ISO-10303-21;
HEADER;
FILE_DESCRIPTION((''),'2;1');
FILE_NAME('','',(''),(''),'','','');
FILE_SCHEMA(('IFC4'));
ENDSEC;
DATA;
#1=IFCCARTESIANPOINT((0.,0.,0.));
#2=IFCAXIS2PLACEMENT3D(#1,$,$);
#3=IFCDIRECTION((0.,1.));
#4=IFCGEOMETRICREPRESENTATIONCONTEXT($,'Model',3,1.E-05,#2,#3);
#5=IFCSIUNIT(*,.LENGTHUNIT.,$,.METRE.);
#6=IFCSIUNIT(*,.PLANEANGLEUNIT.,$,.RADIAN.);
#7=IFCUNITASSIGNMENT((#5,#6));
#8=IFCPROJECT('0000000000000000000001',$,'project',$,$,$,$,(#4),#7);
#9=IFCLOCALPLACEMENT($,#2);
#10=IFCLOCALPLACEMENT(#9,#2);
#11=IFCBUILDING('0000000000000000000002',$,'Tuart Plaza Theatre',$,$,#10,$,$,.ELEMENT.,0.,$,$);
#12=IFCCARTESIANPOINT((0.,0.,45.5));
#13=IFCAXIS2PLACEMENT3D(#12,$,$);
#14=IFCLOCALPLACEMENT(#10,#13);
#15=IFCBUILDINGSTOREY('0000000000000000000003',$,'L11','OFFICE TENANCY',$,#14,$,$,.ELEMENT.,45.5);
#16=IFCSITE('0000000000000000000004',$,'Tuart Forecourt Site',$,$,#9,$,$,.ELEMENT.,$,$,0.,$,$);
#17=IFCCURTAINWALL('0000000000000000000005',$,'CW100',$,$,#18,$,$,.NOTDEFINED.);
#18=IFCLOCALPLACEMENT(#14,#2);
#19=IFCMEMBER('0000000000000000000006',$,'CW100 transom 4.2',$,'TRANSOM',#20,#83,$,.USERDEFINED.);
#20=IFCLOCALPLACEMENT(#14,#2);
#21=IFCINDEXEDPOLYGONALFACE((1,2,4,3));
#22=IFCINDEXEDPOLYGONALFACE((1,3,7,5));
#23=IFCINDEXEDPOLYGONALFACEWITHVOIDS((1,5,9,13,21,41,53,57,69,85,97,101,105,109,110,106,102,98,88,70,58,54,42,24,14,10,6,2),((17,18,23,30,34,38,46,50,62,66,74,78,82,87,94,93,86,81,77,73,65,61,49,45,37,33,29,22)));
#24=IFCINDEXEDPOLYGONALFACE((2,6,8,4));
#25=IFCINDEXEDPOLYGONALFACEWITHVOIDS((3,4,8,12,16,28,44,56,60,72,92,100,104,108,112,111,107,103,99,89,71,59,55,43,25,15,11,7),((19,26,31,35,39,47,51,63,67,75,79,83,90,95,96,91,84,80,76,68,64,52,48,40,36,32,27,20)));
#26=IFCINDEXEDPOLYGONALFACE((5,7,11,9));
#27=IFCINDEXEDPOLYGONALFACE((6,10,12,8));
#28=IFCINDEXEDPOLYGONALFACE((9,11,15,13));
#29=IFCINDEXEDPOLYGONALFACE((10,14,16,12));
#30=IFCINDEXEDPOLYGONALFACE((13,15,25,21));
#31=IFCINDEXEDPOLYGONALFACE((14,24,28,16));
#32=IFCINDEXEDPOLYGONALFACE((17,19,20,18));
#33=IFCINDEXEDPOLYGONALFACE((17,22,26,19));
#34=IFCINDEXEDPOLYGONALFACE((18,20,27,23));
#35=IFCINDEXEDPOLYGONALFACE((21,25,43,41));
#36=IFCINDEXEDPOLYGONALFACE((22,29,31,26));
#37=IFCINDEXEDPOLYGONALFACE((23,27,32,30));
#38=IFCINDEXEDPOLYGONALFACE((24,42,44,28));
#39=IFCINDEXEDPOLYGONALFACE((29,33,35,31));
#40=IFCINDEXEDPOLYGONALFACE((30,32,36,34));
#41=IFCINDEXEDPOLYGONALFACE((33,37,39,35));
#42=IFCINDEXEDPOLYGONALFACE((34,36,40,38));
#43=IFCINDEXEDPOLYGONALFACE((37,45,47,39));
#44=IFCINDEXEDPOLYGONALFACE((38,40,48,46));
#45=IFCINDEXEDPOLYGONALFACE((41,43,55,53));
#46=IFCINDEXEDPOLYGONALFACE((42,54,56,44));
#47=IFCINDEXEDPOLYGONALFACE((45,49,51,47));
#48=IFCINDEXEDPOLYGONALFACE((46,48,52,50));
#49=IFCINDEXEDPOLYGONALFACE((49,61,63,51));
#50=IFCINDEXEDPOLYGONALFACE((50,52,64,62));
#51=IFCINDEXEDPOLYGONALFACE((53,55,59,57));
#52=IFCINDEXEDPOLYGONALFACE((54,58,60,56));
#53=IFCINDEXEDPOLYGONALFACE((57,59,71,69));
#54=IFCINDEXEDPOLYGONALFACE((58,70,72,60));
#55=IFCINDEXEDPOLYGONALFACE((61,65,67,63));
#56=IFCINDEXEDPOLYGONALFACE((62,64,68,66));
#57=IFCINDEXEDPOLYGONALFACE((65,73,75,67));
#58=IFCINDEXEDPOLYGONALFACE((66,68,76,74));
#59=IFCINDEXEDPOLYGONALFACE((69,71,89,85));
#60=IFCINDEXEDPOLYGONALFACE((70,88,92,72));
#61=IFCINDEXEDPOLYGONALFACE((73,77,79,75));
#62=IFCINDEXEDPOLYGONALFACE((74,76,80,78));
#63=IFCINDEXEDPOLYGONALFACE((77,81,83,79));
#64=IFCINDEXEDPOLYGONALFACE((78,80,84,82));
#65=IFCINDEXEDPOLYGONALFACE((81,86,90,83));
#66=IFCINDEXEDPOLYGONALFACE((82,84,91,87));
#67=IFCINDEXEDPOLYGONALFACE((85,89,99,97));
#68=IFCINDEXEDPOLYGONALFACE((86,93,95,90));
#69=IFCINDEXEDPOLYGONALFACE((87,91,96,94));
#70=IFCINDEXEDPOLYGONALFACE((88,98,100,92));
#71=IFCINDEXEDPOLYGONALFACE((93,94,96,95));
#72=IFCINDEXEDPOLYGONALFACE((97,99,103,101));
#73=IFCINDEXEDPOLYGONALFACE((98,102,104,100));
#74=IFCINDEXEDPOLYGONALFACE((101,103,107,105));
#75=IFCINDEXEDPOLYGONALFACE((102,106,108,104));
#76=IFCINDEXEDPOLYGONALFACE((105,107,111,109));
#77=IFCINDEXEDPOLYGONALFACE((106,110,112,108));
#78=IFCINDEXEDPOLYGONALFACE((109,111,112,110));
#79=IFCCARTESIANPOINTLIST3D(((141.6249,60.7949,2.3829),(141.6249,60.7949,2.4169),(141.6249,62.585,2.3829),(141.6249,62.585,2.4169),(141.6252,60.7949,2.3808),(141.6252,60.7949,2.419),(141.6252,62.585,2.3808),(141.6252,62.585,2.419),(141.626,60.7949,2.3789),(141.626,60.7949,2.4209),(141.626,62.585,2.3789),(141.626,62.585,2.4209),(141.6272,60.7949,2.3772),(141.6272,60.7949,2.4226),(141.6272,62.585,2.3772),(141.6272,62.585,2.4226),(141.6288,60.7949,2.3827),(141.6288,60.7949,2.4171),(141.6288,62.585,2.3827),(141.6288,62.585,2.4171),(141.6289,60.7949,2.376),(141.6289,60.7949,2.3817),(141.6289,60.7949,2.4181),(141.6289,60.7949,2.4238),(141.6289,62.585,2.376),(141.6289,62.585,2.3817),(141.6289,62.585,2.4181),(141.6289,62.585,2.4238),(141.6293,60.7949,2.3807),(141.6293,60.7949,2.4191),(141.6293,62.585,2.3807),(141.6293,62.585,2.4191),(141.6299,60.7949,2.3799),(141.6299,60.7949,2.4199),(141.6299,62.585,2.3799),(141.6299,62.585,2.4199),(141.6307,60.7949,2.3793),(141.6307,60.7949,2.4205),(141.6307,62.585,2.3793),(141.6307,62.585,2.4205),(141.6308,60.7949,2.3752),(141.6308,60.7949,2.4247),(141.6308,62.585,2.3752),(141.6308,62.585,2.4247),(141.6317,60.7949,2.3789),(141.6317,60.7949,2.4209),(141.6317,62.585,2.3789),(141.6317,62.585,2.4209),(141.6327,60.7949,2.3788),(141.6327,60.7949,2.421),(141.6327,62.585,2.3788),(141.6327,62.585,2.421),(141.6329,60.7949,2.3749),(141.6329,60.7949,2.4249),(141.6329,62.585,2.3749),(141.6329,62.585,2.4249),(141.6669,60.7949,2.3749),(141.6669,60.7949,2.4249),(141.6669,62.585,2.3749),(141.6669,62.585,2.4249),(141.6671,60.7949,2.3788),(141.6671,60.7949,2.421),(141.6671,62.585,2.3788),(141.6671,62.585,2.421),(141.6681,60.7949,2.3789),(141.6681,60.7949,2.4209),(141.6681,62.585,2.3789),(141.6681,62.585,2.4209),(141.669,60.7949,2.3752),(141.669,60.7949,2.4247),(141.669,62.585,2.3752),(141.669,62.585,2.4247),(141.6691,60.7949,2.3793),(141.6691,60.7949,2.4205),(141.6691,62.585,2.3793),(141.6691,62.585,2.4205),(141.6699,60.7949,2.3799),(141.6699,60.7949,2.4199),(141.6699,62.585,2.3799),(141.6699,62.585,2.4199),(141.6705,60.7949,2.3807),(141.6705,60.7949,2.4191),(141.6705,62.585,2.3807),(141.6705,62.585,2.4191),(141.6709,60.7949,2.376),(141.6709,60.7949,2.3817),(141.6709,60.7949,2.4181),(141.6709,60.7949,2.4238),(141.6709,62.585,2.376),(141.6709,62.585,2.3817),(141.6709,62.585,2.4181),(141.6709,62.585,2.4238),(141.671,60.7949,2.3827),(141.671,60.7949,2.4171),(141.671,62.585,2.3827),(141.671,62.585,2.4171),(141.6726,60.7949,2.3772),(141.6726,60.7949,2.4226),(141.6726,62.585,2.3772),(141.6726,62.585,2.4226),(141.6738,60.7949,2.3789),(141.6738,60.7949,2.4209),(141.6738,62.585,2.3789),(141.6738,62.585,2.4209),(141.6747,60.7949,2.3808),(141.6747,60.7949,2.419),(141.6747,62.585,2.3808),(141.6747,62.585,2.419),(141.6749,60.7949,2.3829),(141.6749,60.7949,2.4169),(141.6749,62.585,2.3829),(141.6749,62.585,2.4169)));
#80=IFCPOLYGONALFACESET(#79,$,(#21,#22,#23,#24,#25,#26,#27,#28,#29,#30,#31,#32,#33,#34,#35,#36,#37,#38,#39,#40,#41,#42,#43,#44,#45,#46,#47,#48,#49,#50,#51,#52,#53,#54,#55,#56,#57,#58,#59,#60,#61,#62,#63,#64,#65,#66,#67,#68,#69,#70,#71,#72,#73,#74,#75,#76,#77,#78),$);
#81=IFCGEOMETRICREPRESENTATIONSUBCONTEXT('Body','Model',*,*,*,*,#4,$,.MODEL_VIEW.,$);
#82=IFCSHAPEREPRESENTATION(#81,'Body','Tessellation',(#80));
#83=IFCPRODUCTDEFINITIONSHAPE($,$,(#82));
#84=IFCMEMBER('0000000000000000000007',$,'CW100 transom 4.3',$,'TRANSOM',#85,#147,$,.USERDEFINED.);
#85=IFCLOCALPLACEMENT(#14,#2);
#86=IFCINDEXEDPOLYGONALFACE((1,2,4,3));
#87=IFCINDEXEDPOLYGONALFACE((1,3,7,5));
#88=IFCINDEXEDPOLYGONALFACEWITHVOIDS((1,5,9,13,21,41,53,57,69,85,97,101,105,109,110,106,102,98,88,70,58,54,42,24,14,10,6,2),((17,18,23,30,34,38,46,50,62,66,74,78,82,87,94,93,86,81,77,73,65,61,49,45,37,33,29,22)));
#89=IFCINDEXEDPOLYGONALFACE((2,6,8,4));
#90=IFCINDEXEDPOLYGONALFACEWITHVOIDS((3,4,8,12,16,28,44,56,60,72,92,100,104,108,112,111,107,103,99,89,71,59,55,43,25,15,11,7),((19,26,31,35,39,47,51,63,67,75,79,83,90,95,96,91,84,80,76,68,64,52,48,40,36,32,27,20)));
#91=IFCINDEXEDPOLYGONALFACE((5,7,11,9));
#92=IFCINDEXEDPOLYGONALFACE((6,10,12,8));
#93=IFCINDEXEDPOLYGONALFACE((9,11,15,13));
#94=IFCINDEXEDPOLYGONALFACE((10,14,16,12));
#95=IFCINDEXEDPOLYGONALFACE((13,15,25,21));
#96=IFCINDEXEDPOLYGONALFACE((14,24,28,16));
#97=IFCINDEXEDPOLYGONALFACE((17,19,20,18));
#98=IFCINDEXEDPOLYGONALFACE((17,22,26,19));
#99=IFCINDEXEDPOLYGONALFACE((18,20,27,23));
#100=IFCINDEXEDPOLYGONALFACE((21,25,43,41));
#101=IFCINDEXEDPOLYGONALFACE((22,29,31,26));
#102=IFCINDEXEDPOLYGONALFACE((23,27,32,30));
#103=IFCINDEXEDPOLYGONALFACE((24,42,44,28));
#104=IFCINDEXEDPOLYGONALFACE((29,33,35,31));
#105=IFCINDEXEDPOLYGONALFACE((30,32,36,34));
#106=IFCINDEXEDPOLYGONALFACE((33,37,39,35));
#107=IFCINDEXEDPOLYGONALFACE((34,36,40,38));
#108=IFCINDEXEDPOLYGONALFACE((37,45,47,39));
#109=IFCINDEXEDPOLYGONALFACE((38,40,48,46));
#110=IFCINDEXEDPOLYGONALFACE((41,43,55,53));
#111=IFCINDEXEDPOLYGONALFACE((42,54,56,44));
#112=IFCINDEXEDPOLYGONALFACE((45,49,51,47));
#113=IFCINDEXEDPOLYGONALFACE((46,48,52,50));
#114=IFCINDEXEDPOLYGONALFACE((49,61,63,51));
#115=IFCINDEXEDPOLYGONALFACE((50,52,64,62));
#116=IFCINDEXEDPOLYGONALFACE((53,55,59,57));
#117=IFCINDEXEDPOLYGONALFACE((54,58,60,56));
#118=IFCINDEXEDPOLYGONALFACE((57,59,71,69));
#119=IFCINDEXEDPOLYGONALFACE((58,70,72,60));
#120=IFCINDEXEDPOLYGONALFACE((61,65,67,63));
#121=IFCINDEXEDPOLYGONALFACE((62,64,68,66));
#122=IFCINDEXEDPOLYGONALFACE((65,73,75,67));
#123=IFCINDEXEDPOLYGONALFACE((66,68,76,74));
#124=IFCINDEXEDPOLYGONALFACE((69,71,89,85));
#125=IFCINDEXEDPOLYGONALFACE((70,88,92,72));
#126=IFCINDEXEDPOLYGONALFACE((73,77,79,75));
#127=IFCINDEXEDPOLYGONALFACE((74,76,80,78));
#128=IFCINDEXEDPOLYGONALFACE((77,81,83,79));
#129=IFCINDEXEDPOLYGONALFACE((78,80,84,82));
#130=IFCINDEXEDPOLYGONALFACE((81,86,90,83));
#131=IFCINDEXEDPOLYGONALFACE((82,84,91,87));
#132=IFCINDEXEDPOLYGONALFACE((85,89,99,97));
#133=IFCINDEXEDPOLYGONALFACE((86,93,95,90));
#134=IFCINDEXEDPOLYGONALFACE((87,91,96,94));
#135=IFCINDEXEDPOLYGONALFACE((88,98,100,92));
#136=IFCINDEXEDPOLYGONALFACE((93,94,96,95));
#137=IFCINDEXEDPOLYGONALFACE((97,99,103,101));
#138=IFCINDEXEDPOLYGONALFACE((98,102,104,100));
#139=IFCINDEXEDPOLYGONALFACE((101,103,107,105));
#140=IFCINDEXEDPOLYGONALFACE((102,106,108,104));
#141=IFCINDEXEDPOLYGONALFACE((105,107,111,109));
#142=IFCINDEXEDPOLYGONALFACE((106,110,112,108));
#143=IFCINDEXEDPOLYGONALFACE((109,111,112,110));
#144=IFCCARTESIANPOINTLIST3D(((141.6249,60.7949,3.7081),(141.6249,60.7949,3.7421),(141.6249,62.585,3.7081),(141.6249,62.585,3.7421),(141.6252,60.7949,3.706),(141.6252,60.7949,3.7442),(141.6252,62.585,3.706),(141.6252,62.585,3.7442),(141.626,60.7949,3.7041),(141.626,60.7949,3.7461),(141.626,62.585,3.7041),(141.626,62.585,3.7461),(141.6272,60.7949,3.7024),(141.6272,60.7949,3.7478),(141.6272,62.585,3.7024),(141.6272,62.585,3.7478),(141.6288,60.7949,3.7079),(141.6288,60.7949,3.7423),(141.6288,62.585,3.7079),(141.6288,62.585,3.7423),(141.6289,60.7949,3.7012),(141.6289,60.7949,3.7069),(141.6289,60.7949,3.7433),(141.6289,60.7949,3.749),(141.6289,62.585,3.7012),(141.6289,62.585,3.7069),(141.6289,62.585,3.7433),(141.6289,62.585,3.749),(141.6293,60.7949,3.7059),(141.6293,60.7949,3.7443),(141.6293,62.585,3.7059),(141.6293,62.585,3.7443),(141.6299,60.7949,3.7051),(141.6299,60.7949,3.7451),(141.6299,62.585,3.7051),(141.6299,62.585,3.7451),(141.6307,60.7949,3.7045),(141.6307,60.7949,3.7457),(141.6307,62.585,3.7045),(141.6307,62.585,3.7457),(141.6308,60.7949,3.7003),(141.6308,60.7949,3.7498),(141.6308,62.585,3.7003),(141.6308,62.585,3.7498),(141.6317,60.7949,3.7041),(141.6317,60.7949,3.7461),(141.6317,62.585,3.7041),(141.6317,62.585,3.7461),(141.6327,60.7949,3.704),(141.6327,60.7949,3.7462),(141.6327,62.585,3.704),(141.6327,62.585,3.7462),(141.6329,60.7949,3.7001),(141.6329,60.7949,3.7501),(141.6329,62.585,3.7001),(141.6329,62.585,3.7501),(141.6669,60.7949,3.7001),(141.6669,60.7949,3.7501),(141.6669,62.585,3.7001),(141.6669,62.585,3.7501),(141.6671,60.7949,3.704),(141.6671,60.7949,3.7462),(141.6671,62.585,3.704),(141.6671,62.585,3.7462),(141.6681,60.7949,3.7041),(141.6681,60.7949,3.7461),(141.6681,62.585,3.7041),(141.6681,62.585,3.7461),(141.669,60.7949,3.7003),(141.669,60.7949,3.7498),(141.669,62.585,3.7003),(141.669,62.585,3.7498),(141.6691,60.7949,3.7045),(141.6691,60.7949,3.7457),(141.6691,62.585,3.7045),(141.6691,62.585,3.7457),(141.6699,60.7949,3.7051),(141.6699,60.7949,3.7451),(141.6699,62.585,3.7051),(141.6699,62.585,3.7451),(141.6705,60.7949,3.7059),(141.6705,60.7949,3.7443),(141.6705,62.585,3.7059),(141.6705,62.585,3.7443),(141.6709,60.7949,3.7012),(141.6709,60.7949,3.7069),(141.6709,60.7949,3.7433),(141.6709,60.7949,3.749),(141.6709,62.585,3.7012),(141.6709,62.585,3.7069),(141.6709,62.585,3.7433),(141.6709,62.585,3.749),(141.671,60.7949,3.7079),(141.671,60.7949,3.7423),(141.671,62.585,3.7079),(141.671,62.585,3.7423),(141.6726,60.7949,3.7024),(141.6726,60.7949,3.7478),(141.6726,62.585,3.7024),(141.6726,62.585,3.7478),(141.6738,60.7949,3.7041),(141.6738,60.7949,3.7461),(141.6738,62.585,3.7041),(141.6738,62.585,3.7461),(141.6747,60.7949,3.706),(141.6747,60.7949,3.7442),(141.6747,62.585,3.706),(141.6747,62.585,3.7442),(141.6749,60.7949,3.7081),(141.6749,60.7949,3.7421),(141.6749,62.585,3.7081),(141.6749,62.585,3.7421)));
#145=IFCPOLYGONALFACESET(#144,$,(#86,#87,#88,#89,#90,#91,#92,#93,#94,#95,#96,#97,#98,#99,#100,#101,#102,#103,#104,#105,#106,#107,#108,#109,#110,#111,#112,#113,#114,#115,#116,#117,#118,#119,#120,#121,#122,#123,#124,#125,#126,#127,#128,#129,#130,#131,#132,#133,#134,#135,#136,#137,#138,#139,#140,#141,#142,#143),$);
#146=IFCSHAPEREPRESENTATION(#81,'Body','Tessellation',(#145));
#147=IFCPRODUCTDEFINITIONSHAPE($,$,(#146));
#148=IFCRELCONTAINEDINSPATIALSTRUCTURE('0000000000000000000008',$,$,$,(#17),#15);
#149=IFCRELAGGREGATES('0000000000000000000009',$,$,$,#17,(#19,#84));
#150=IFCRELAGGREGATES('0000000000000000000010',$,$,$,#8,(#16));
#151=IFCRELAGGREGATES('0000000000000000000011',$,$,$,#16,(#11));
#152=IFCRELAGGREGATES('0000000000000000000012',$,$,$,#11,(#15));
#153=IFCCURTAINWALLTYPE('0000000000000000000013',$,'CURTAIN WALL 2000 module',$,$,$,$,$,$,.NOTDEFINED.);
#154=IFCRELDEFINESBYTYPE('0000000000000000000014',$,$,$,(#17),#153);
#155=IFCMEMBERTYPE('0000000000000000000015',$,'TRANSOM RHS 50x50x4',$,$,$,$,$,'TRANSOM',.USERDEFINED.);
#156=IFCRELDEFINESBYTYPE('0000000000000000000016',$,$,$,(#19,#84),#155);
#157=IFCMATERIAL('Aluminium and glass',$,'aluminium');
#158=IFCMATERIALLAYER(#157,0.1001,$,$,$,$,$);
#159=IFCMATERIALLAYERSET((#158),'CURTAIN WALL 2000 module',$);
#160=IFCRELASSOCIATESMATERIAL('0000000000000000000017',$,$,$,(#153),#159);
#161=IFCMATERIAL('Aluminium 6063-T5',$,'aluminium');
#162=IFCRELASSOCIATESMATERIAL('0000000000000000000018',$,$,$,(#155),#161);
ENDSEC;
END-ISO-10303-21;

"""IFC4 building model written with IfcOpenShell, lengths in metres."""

from ifc_helpers import new_model, si_unit, direction, frame, origin, origin_2d, place, context, subcontext, project, spatial, hollow_rectangle, extrude, material, layer, layer_set, material_profile, profile_set, type_object, element, aggregate, save


model = new_model("IFC4")

# Units and contexts
model_context = context("Model", 3, precision=1e-05, world=origin(), true_north=direction((0.0, 1.0)))
body_context = subcontext(model_context, "Body", "Model", "MODEL_VIEW")
ifc_project = project(units=[si_unit("LENGTHUNIT", "METRE"), si_unit("PLANEANGLEUNIT", "RADIAN")], contexts=[model_context])

# Site, building, storey
site_placement = place(None, origin())
site = spatial("IfcSite", under=ifc_project, at=site_placement, Name="Tuart Forecourt Site", CompositionType="ELEMENT", RefElevation=0.0)
building_placement = place(site_placement, origin())
building = spatial("IfcBuilding", under=site, at=building_placement, Name="Tuart Plaza Theatre", CompositionType="ELEMENT", ElevationOfRefHeight=0.0)
storey_placement = place(building_placement, frame((0.0, 0.0, 45.5)))
storey = spatial("IfcBuildingStorey", under=building, at=storey_placement, Name="L11", Description="OFFICE TENANCY", CompositionType="ELEMENT", Elevation=45.5)

# Curtain wall
ifc_material_1 = material(Name="Aluminium and glass", Category="aluminium")
ifc_layer_1 = layer(ifc_material_1, 0.1001)
ifc_layer_set_1 = layer_set([ifc_layer_1], Name="CURTAIN WALL 2000 module")
curtain_wall_type = type_object("IfcCurtainWallType", Name="CURTAIN WALL 2000 module", PredefinedType="NOTDEFINED", material=ifc_layer_set_1)
curtain_wall_1_placement = place(storey_placement, origin())
curtain_wall_1 = element("IfcCurtainWall", 1, at=curtain_wall_1_placement, inside=storey, type_object=curtain_wall_type, Name="CW100", PredefinedType="NOTDEFINED")

# Members
ifc_material_2 = material(Name="Aluminium 6063-T5", Category="aluminium")
ifc_material_profile_1 = material_profile(ifc_material_2, hollow_rectangle(XDim=0.05, YDim=0.05, WallThickness=0.0039, InnerFilletRadius=0.0039, OuterFilletRadius=0.0081, at=origin_2d()), Name="RHS 50x50x4")
ifc_profile_set_1 = profile_set([ifc_material_profile_1], Name="Aluminium 6063-T5")
member_type_1 = type_object("IfcMemberType", Name="TRANSOM RHS 50x50x4", ElementType="TRANSOM", PredefinedType="USERDEFINED", material=ifc_profile_set_1)
member_1_placement = place(storey_placement, frame((141.6499, 60.7949, 2.3999), z_axis=(0.0, 1.0, 0.0), x_axis=(-1.0, 0.0, 0.0)))
member_1 = element("IfcMember", 2, at=member_1_placement, type_object=member_type_1, Name="CW100 transom 4.2", ObjectType="TRANSOM", PredefinedType="USERDEFINED", context=body_context, shape_type="SweptSolid", body=[
    extrude(hollow_rectangle(XDim=0.05, YDim=0.05, WallThickness=0.0039, InnerFilletRadius=0.0039, OuterFilletRadius=0.0081, at=origin_2d()), origin(), (0.0, 0.0, 1.0), 1.79),
])
member_2_placement = place(storey_placement, frame((141.6499, 60.7949, 3.7251), z_axis=(0.0, 1.0, 0.0), x_axis=(-1.0, 0.0, 0.0)))
member_2 = element("IfcMember", 3, at=member_2_placement, type_object=member_type_1, Name="CW100 transom 4.3", ObjectType="TRANSOM", PredefinedType="USERDEFINED", context=body_context, shape_type="SweptSolid", body=[
    extrude(hollow_rectangle(XDim=0.05, YDim=0.05, WallThickness=0.0039, InnerFilletRadius=0.0039, OuterFilletRadius=0.0081, at=origin_2d()), origin(), (0.0, 0.0, 1.0), 1.79),
])

aggregate(curtain_wall_1, [member_1, member_2])

save(model, "model.ifc")
